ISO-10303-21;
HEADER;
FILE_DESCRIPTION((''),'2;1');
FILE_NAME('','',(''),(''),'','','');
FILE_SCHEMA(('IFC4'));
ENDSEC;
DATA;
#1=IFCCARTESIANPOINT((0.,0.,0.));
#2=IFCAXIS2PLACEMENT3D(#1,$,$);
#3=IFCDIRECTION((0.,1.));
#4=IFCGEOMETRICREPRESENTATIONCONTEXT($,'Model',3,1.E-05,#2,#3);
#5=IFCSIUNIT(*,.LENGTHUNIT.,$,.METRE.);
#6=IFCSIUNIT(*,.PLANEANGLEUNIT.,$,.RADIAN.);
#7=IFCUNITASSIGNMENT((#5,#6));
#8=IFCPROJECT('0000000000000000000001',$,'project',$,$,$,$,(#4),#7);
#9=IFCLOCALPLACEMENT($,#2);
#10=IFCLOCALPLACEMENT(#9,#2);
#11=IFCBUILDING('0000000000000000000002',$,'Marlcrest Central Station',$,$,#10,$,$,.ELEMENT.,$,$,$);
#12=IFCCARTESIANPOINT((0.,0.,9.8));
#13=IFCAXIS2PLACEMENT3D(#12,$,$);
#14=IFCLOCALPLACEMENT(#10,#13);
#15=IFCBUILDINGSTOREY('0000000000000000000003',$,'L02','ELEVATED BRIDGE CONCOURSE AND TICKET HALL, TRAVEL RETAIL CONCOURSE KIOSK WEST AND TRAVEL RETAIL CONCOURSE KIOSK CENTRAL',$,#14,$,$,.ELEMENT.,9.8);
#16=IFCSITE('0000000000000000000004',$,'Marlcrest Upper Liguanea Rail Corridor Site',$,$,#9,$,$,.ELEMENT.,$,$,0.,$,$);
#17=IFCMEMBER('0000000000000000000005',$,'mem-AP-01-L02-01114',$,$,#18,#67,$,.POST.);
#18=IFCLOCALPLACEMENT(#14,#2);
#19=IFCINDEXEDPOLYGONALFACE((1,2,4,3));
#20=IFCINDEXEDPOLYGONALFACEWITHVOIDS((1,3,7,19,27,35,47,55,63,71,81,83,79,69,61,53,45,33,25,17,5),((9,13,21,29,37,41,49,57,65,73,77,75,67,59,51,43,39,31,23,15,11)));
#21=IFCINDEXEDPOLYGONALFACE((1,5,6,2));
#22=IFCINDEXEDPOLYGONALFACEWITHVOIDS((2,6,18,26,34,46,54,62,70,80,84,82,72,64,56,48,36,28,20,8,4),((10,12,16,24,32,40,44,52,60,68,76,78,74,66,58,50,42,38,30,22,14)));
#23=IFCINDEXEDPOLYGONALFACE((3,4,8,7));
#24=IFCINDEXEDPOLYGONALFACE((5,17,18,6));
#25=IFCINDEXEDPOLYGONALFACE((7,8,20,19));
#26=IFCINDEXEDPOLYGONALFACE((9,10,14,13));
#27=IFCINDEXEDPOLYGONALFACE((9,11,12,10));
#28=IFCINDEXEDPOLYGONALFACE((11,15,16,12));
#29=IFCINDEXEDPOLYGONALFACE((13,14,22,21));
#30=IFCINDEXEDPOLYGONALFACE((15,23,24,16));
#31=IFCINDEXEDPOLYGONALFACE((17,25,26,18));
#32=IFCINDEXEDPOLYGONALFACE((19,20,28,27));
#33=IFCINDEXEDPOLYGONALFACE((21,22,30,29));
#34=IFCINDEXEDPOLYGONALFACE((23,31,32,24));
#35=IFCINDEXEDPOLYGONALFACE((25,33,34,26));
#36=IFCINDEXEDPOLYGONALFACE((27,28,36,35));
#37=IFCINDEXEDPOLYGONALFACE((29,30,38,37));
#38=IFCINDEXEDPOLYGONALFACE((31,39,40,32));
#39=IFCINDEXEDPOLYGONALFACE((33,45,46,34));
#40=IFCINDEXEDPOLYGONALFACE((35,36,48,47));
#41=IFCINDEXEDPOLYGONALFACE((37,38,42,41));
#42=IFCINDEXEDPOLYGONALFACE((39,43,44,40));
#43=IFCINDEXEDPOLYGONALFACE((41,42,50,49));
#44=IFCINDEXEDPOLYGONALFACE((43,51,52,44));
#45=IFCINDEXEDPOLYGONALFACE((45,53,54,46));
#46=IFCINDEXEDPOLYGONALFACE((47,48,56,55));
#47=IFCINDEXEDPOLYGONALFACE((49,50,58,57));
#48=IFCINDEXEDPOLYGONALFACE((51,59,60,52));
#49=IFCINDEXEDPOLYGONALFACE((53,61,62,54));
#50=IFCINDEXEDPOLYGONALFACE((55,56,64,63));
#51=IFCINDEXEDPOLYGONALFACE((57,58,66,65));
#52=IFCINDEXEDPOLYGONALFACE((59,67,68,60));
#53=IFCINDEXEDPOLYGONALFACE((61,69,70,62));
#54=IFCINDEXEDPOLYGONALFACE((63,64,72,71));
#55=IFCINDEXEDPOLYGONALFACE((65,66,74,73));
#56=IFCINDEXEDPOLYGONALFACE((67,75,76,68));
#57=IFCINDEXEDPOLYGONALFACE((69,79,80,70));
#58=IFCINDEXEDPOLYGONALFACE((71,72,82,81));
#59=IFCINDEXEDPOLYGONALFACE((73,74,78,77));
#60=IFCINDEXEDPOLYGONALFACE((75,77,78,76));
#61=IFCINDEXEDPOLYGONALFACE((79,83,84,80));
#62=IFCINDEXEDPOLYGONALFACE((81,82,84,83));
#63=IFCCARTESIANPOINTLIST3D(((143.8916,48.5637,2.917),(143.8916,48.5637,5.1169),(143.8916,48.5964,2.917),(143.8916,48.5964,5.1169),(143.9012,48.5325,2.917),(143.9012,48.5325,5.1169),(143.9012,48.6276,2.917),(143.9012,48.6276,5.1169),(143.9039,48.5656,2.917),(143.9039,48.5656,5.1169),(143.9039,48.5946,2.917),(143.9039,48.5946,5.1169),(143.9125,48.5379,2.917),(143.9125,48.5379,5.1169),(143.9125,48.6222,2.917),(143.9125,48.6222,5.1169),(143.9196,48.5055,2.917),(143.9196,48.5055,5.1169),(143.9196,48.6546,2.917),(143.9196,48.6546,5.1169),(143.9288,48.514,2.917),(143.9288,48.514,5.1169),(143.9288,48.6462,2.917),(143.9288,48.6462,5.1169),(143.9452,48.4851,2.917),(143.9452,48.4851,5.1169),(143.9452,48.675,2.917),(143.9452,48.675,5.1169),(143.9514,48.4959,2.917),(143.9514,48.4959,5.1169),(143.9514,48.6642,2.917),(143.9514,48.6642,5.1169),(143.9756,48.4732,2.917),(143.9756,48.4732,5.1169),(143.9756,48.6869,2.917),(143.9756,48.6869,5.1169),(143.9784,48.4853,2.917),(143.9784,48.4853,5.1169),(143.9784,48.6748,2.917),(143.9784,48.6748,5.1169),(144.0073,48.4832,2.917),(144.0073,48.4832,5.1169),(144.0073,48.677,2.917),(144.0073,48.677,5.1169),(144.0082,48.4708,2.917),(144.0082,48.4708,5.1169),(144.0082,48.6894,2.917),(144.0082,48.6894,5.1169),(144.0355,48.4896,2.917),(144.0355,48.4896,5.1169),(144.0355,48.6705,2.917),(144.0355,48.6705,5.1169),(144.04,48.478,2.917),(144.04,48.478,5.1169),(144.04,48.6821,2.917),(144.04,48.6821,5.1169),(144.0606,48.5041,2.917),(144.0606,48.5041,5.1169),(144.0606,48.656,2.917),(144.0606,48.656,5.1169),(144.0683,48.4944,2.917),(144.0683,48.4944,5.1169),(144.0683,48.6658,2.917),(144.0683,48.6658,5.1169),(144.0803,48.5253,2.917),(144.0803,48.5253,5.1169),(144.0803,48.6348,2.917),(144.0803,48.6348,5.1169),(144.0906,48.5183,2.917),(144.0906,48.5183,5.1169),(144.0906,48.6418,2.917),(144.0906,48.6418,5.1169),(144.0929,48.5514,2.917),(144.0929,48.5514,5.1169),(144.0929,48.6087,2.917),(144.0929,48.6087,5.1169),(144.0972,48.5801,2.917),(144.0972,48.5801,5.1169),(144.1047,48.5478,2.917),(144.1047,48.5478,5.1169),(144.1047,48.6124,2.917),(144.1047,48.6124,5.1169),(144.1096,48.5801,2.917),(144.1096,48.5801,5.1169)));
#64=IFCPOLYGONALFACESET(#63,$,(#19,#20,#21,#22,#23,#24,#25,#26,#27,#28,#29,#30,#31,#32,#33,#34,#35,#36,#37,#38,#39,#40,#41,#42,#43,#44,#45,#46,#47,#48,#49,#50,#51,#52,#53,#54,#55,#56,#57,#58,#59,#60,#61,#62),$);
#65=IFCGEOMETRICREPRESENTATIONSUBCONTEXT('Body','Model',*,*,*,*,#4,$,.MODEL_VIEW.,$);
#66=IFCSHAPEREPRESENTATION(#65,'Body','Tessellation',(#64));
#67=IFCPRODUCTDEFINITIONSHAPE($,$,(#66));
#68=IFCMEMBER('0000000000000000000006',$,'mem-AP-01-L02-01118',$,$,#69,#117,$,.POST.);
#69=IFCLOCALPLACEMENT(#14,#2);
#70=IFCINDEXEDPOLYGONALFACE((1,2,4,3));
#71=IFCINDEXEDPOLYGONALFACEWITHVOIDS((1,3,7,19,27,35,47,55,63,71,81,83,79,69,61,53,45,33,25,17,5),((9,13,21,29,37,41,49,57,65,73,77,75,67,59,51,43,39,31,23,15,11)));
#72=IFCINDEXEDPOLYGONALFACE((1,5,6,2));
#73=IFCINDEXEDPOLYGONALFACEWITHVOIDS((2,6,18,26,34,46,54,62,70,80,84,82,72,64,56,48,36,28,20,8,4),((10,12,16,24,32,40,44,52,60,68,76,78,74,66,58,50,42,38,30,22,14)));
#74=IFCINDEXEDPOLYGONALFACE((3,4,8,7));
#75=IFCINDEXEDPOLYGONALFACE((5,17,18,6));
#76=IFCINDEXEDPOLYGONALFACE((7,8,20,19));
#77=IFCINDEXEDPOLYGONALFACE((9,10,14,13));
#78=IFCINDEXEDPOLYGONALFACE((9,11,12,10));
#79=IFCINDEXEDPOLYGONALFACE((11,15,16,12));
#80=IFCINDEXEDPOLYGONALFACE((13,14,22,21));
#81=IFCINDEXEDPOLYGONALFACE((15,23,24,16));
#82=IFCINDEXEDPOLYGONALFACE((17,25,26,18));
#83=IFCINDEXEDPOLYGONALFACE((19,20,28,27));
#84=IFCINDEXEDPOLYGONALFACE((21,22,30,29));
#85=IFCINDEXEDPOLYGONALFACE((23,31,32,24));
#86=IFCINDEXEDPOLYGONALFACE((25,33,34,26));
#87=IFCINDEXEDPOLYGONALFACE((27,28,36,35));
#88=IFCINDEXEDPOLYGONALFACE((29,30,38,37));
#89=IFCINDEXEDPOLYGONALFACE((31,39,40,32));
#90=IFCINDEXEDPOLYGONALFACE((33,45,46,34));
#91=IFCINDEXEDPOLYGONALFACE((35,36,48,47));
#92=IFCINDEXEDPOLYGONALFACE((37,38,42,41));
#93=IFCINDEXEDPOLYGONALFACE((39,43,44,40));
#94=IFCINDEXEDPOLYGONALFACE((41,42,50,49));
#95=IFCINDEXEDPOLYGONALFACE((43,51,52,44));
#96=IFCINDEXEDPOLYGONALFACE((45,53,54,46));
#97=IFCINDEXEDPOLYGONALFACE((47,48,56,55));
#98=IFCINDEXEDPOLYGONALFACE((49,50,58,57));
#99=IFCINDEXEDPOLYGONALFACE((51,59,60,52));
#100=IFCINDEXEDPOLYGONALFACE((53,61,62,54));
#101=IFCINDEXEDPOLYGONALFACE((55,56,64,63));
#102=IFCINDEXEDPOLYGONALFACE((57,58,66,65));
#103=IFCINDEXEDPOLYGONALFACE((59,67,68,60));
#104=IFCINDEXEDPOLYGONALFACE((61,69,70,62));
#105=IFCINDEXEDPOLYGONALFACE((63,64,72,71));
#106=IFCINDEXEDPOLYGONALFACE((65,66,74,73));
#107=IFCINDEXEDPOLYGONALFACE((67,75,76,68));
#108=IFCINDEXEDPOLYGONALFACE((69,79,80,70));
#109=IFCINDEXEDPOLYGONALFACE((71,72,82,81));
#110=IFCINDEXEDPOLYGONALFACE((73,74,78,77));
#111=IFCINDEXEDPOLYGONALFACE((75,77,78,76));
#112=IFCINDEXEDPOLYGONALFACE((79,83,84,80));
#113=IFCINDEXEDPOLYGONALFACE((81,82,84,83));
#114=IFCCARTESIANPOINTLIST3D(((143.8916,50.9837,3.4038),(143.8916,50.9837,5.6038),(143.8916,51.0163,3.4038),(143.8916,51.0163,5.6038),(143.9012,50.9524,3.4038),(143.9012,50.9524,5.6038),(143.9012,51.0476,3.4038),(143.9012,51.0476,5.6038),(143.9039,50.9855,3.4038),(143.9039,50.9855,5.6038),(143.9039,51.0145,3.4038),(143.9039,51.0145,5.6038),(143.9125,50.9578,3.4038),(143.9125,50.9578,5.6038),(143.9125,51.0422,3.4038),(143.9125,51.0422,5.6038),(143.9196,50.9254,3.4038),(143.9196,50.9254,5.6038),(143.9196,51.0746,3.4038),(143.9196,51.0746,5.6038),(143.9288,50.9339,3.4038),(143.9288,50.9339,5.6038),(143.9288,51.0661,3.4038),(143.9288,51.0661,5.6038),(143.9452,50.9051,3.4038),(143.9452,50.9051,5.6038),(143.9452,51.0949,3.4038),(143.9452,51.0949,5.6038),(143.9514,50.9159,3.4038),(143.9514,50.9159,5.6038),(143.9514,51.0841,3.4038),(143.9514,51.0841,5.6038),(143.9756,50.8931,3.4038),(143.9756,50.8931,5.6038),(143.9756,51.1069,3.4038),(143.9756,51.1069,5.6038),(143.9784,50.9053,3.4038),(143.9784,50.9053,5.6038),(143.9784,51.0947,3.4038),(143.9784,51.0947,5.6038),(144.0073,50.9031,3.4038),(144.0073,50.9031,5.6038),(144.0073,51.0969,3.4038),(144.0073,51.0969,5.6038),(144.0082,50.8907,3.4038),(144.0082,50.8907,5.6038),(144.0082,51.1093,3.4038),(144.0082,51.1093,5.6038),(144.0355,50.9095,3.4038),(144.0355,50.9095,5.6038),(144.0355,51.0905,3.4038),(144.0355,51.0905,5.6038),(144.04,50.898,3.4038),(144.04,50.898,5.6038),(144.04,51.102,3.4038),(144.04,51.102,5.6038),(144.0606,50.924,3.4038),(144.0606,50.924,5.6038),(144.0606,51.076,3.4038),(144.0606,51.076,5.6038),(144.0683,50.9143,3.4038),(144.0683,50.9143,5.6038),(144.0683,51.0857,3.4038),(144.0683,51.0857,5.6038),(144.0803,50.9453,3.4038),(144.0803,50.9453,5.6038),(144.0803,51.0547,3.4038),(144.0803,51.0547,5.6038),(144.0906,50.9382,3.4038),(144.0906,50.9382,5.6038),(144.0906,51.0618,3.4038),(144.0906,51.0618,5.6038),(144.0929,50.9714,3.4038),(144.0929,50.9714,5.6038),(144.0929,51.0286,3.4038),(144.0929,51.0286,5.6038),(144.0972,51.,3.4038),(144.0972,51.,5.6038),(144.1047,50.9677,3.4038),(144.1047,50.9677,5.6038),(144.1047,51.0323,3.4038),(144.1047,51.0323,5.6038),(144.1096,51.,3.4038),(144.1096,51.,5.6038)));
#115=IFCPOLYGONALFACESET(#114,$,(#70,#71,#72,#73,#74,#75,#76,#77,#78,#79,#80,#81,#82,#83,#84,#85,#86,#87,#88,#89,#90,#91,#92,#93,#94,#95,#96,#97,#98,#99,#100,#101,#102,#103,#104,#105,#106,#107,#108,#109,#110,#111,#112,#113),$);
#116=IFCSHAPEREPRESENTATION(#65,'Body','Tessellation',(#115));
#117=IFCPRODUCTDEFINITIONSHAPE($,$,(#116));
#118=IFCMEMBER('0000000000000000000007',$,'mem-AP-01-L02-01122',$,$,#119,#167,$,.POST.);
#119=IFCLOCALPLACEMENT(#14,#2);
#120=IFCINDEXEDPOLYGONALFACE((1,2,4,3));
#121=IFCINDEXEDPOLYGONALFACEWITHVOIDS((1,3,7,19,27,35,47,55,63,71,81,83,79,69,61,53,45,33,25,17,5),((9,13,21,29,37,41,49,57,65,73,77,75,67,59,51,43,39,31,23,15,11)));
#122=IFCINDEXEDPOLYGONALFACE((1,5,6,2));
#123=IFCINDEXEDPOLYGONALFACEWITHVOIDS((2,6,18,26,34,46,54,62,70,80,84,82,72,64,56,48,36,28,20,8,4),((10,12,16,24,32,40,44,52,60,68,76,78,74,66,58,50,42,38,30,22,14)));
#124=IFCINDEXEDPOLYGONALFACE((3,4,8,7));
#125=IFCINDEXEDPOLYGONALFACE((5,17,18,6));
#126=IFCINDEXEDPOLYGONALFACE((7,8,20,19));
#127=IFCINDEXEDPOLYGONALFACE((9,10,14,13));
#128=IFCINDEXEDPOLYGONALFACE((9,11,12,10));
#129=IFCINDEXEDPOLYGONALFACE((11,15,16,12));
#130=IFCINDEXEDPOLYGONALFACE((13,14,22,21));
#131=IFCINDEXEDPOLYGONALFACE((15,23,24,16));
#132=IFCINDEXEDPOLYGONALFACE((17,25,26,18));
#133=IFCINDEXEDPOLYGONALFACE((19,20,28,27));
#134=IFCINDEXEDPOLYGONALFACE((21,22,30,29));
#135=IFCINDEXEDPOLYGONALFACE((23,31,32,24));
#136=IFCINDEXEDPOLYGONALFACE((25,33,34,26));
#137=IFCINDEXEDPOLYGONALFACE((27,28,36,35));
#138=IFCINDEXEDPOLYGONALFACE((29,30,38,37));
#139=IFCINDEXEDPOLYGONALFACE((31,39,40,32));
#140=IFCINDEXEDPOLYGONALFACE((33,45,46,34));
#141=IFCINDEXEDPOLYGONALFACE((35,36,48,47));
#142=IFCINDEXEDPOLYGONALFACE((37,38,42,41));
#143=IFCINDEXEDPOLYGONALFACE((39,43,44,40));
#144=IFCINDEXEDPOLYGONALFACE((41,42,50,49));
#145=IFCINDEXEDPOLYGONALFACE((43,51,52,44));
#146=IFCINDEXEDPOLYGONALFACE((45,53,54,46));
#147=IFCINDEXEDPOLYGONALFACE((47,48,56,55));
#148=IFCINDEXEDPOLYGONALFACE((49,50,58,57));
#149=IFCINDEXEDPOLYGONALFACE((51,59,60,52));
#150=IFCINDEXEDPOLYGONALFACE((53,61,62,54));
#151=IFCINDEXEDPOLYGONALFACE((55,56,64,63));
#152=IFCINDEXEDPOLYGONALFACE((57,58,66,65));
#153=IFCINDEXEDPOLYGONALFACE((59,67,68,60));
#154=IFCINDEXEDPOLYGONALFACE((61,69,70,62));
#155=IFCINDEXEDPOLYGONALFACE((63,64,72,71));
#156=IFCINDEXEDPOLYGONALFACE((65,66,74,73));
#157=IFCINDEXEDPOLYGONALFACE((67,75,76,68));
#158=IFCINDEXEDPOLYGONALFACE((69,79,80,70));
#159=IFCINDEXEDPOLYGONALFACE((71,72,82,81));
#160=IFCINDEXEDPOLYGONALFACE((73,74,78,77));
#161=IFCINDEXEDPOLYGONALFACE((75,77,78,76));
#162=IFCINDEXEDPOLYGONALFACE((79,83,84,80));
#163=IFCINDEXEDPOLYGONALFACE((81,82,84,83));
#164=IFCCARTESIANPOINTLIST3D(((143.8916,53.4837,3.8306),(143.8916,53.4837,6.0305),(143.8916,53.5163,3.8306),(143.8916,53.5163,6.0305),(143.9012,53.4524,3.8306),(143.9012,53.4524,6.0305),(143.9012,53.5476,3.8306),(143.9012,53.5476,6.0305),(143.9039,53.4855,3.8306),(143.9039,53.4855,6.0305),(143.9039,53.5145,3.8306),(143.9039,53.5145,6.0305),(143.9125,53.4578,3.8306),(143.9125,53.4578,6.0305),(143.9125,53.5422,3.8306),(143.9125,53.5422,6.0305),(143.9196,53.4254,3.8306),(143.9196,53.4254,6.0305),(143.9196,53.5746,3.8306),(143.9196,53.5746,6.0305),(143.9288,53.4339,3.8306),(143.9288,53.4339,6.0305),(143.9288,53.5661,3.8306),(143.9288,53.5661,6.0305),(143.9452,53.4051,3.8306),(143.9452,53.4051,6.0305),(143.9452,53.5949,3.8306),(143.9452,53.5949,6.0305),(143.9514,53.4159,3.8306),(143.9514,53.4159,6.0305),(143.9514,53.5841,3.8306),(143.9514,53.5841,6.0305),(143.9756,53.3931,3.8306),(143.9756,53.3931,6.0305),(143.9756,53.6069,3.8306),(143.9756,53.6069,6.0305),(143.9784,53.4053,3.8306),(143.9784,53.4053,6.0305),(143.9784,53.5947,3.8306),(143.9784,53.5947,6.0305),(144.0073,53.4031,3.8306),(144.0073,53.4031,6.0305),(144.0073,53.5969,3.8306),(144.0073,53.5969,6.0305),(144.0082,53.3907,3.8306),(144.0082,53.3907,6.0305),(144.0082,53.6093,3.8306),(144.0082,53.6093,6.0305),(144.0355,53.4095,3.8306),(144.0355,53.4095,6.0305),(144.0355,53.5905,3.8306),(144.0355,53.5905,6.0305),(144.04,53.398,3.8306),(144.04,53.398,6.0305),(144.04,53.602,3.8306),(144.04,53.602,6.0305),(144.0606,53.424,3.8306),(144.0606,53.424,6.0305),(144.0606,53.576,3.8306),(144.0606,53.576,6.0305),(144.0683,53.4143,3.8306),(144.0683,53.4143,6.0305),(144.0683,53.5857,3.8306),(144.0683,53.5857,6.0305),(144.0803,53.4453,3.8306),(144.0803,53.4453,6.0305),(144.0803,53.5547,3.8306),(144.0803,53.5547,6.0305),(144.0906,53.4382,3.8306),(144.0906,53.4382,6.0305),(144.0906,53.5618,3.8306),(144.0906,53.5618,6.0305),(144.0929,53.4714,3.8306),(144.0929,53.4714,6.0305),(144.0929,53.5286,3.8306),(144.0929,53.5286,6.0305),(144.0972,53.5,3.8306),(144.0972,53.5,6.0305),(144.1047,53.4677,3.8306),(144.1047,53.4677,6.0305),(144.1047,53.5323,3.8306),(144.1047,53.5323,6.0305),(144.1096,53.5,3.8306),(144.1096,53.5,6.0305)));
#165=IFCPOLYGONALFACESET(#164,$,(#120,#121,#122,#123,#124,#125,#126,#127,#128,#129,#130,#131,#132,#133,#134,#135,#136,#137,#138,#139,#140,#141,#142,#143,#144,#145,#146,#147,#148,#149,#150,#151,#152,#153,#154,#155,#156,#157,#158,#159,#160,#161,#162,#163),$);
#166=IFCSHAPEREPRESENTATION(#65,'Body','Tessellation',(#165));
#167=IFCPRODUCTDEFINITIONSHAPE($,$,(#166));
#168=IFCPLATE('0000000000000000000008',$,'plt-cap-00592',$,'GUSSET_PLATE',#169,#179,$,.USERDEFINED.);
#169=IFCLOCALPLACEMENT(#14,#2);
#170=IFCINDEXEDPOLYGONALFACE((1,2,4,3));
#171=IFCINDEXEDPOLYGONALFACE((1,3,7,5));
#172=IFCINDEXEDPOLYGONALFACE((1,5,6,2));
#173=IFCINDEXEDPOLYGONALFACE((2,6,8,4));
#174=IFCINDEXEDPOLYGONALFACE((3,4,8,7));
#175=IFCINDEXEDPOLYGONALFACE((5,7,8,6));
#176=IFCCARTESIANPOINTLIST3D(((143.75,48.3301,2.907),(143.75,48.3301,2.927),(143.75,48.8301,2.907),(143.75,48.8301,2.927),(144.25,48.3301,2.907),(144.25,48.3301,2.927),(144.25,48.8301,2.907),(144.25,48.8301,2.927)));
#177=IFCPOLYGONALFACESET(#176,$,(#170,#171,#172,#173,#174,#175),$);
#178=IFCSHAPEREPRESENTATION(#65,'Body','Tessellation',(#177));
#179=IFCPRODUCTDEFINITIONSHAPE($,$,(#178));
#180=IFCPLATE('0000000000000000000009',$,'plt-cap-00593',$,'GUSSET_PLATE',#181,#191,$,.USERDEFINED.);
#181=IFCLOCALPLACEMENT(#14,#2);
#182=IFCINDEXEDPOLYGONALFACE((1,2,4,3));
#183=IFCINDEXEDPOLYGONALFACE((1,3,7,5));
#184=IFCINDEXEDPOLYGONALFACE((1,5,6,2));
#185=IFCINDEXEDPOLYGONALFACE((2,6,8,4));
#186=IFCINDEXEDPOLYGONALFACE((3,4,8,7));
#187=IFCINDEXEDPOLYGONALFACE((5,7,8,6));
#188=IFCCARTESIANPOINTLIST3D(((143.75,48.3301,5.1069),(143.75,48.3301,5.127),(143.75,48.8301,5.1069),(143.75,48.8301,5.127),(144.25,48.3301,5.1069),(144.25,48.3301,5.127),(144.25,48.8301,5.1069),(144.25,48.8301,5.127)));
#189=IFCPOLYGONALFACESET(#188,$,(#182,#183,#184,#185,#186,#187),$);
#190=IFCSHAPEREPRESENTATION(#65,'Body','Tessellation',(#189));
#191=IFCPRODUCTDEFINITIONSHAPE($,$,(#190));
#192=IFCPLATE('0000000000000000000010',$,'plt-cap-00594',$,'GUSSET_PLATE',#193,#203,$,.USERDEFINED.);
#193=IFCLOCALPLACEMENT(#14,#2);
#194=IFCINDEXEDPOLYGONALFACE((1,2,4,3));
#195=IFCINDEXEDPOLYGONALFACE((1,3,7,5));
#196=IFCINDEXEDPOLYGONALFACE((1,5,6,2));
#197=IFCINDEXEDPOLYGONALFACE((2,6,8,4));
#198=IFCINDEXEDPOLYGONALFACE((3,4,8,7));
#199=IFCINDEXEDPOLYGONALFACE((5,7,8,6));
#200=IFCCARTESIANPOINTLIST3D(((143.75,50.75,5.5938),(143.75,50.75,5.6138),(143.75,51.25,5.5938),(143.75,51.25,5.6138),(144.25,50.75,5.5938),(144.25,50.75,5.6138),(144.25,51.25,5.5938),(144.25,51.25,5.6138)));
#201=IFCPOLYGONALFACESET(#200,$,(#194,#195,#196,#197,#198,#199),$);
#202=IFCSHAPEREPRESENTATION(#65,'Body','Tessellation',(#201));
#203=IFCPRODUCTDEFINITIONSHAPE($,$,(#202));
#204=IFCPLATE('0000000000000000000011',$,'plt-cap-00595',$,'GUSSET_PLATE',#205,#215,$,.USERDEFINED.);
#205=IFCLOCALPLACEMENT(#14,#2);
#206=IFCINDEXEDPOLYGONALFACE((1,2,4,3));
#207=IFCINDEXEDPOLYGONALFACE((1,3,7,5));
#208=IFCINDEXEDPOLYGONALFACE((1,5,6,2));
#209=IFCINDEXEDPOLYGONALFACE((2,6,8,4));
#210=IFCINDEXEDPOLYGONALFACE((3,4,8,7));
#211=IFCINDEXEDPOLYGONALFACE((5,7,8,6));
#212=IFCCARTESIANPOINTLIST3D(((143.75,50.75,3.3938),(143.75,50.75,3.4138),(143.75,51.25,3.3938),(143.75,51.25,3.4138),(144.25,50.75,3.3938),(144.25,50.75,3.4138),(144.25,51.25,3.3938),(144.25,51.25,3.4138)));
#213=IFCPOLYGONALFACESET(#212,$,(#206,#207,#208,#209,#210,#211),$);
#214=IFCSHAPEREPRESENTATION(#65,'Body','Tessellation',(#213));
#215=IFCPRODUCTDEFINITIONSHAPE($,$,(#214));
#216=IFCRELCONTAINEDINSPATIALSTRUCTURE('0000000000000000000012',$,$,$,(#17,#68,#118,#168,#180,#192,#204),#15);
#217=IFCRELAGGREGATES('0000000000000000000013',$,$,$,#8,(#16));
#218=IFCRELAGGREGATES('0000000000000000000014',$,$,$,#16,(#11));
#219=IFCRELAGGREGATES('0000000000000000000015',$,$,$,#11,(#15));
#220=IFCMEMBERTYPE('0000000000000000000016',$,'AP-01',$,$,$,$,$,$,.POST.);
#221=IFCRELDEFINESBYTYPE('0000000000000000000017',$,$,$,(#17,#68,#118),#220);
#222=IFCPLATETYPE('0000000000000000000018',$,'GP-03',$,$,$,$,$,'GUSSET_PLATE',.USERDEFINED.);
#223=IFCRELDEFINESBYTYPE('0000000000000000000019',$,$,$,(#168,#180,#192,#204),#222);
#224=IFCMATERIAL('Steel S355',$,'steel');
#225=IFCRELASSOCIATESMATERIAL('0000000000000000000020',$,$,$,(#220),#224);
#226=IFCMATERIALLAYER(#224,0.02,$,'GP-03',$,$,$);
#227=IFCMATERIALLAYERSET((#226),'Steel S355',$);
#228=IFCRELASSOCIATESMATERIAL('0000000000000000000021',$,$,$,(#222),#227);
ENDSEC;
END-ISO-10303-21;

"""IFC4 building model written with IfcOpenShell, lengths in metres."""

from ifc_helpers import new_model, si_unit, direction, frame, origin, origin_2d, place, context, subcontext, project, spatial, rectangle, hollow_circle, extrude, material, layer, layer_set, material_profile, profile_set, type_object, element, save


model = new_model("IFC4")

# Units and contexts
model_context = context("Model", 3, precision=1e-05, world=origin(), true_north=direction((0.0, 1.0)))
body_context = subcontext(model_context, "Body", "Model", "MODEL_VIEW")
ifc_project = project(units=[si_unit("LENGTHUNIT", "METRE"), si_unit("PLANEANGLEUNIT", "RADIAN")], contexts=[model_context])

# Site, building, storey
site_placement = place(None, origin())
site = spatial("IfcSite", under=ifc_project, at=site_placement, Name="Marlcrest Upper Liguanea Rail Corridor Site", CompositionType="ELEMENT", RefElevation=0.0)
building_placement = place(site_placement, origin())
building = spatial("IfcBuilding", under=site, at=building_placement, Name="Marlcrest Central Station", CompositionType="ELEMENT")
storey_placement = place(building_placement, frame((0.0, 0.0, 9.8)))
storey = spatial("IfcBuildingStorey", under=building, at=storey_placement, Name="L02", Description="ELEVATED BRIDGE CONCOURSE AND TICKET HALL, TRAVEL RETAIL CONCOURSE KIOSK WEST AND TRAVEL RETAIL CONCOURSE KIOSK CENTRAL", CompositionType="ELEMENT", Elevation=9.8)

# Members
ifc_material = material(Name="Steel S355", Category="steel")
ifc_material_profile_1 = material_profile(ifc_material, hollow_circle(Radius=0.1096, WallThickness=0.0125, at=origin_2d()), Name="CHS 219.1x12.5")
ifc_profile_set_1 = profile_set([ifc_material_profile_1], Name="Steel S355")
member_type_1 = type_object("IfcMemberType", Name="AP-01", PredefinedType="POST", material=ifc_profile_set_1)
for number, where, z_axis, x_axis, name in (
    (1, (144.0, 48.5801, 2.917), (0.0, 0.0, 1.0), (1.0, 0.0, 0.0), "mem-AP-01-L02-01114"),
    (2, (144.0, 51.0, 3.4038), (0.0, 0.0, 1.0), (1.0, 0.0, 0.0), "mem-AP-01-L02-01118"),
    (3, (144.0, 53.5, 3.8306), (0.0, 0.0, 1.0), (1.0, 0.0, 0.0), "mem-AP-01-L02-01122"),
):
    element("IfcMember", number, at=place(storey_placement, frame(where, z_axis=z_axis, x_axis=x_axis)), inside=storey, type_object=member_type_1, Name=name, PredefinedType="POST", context=body_context, shape_type="SweptSolid", body=[
        extrude(hollow_circle(Radius=0.1096, WallThickness=0.0125, at=origin_2d()), origin(), (0.0, 0.0, 1.0), 2.2),
    ])

# Plates
ifc_layer = layer(ifc_material, 0.02, Name="GP-03")
ifc_layer_set = layer_set([ifc_layer], Name="Steel S355")
plate_type = type_object("IfcPlateType", Name="GP-03", ElementType="GUSSET_PLATE", PredefinedType="USERDEFINED", material=ifc_layer_set)
for number, where, z_axis, x_axis, name in (
    (4, (144.0, 48.5801, 2.907), (0.0, 0.0, 1.0), (1.0, 0.0, 0.0), "plt-cap-00592"),
    (5, (144.0, 48.5801, 5.1069), (0.0, 0.0, 1.0), (1.0, 0.0, 0.0), "plt-cap-00593"),
    (6, (144.0, 51.0, 5.5938), (0.0, 0.0, 1.0), (1.0, 0.0, 0.0), "plt-cap-00594"),
    (7, (144.0, 51.0, 3.3938), (0.0, 0.0, 1.0), (1.0, 0.0, 0.0), "plt-cap-00595"),
):
    element("IfcPlate", number, at=place(storey_placement, frame(where, z_axis=z_axis, x_axis=x_axis)), inside=storey, type_object=plate_type, Name=name, ObjectType="GUSSET_PLATE", PredefinedType="USERDEFINED", context=body_context, shape_type="SweptSolid", body=[
        extrude(rectangle(XDim=0.5, YDim=0.5, at=origin_2d()), origin(), (0.0, 0.0, 1.0), 0.02),
    ])

save(model, "model.ifc")
